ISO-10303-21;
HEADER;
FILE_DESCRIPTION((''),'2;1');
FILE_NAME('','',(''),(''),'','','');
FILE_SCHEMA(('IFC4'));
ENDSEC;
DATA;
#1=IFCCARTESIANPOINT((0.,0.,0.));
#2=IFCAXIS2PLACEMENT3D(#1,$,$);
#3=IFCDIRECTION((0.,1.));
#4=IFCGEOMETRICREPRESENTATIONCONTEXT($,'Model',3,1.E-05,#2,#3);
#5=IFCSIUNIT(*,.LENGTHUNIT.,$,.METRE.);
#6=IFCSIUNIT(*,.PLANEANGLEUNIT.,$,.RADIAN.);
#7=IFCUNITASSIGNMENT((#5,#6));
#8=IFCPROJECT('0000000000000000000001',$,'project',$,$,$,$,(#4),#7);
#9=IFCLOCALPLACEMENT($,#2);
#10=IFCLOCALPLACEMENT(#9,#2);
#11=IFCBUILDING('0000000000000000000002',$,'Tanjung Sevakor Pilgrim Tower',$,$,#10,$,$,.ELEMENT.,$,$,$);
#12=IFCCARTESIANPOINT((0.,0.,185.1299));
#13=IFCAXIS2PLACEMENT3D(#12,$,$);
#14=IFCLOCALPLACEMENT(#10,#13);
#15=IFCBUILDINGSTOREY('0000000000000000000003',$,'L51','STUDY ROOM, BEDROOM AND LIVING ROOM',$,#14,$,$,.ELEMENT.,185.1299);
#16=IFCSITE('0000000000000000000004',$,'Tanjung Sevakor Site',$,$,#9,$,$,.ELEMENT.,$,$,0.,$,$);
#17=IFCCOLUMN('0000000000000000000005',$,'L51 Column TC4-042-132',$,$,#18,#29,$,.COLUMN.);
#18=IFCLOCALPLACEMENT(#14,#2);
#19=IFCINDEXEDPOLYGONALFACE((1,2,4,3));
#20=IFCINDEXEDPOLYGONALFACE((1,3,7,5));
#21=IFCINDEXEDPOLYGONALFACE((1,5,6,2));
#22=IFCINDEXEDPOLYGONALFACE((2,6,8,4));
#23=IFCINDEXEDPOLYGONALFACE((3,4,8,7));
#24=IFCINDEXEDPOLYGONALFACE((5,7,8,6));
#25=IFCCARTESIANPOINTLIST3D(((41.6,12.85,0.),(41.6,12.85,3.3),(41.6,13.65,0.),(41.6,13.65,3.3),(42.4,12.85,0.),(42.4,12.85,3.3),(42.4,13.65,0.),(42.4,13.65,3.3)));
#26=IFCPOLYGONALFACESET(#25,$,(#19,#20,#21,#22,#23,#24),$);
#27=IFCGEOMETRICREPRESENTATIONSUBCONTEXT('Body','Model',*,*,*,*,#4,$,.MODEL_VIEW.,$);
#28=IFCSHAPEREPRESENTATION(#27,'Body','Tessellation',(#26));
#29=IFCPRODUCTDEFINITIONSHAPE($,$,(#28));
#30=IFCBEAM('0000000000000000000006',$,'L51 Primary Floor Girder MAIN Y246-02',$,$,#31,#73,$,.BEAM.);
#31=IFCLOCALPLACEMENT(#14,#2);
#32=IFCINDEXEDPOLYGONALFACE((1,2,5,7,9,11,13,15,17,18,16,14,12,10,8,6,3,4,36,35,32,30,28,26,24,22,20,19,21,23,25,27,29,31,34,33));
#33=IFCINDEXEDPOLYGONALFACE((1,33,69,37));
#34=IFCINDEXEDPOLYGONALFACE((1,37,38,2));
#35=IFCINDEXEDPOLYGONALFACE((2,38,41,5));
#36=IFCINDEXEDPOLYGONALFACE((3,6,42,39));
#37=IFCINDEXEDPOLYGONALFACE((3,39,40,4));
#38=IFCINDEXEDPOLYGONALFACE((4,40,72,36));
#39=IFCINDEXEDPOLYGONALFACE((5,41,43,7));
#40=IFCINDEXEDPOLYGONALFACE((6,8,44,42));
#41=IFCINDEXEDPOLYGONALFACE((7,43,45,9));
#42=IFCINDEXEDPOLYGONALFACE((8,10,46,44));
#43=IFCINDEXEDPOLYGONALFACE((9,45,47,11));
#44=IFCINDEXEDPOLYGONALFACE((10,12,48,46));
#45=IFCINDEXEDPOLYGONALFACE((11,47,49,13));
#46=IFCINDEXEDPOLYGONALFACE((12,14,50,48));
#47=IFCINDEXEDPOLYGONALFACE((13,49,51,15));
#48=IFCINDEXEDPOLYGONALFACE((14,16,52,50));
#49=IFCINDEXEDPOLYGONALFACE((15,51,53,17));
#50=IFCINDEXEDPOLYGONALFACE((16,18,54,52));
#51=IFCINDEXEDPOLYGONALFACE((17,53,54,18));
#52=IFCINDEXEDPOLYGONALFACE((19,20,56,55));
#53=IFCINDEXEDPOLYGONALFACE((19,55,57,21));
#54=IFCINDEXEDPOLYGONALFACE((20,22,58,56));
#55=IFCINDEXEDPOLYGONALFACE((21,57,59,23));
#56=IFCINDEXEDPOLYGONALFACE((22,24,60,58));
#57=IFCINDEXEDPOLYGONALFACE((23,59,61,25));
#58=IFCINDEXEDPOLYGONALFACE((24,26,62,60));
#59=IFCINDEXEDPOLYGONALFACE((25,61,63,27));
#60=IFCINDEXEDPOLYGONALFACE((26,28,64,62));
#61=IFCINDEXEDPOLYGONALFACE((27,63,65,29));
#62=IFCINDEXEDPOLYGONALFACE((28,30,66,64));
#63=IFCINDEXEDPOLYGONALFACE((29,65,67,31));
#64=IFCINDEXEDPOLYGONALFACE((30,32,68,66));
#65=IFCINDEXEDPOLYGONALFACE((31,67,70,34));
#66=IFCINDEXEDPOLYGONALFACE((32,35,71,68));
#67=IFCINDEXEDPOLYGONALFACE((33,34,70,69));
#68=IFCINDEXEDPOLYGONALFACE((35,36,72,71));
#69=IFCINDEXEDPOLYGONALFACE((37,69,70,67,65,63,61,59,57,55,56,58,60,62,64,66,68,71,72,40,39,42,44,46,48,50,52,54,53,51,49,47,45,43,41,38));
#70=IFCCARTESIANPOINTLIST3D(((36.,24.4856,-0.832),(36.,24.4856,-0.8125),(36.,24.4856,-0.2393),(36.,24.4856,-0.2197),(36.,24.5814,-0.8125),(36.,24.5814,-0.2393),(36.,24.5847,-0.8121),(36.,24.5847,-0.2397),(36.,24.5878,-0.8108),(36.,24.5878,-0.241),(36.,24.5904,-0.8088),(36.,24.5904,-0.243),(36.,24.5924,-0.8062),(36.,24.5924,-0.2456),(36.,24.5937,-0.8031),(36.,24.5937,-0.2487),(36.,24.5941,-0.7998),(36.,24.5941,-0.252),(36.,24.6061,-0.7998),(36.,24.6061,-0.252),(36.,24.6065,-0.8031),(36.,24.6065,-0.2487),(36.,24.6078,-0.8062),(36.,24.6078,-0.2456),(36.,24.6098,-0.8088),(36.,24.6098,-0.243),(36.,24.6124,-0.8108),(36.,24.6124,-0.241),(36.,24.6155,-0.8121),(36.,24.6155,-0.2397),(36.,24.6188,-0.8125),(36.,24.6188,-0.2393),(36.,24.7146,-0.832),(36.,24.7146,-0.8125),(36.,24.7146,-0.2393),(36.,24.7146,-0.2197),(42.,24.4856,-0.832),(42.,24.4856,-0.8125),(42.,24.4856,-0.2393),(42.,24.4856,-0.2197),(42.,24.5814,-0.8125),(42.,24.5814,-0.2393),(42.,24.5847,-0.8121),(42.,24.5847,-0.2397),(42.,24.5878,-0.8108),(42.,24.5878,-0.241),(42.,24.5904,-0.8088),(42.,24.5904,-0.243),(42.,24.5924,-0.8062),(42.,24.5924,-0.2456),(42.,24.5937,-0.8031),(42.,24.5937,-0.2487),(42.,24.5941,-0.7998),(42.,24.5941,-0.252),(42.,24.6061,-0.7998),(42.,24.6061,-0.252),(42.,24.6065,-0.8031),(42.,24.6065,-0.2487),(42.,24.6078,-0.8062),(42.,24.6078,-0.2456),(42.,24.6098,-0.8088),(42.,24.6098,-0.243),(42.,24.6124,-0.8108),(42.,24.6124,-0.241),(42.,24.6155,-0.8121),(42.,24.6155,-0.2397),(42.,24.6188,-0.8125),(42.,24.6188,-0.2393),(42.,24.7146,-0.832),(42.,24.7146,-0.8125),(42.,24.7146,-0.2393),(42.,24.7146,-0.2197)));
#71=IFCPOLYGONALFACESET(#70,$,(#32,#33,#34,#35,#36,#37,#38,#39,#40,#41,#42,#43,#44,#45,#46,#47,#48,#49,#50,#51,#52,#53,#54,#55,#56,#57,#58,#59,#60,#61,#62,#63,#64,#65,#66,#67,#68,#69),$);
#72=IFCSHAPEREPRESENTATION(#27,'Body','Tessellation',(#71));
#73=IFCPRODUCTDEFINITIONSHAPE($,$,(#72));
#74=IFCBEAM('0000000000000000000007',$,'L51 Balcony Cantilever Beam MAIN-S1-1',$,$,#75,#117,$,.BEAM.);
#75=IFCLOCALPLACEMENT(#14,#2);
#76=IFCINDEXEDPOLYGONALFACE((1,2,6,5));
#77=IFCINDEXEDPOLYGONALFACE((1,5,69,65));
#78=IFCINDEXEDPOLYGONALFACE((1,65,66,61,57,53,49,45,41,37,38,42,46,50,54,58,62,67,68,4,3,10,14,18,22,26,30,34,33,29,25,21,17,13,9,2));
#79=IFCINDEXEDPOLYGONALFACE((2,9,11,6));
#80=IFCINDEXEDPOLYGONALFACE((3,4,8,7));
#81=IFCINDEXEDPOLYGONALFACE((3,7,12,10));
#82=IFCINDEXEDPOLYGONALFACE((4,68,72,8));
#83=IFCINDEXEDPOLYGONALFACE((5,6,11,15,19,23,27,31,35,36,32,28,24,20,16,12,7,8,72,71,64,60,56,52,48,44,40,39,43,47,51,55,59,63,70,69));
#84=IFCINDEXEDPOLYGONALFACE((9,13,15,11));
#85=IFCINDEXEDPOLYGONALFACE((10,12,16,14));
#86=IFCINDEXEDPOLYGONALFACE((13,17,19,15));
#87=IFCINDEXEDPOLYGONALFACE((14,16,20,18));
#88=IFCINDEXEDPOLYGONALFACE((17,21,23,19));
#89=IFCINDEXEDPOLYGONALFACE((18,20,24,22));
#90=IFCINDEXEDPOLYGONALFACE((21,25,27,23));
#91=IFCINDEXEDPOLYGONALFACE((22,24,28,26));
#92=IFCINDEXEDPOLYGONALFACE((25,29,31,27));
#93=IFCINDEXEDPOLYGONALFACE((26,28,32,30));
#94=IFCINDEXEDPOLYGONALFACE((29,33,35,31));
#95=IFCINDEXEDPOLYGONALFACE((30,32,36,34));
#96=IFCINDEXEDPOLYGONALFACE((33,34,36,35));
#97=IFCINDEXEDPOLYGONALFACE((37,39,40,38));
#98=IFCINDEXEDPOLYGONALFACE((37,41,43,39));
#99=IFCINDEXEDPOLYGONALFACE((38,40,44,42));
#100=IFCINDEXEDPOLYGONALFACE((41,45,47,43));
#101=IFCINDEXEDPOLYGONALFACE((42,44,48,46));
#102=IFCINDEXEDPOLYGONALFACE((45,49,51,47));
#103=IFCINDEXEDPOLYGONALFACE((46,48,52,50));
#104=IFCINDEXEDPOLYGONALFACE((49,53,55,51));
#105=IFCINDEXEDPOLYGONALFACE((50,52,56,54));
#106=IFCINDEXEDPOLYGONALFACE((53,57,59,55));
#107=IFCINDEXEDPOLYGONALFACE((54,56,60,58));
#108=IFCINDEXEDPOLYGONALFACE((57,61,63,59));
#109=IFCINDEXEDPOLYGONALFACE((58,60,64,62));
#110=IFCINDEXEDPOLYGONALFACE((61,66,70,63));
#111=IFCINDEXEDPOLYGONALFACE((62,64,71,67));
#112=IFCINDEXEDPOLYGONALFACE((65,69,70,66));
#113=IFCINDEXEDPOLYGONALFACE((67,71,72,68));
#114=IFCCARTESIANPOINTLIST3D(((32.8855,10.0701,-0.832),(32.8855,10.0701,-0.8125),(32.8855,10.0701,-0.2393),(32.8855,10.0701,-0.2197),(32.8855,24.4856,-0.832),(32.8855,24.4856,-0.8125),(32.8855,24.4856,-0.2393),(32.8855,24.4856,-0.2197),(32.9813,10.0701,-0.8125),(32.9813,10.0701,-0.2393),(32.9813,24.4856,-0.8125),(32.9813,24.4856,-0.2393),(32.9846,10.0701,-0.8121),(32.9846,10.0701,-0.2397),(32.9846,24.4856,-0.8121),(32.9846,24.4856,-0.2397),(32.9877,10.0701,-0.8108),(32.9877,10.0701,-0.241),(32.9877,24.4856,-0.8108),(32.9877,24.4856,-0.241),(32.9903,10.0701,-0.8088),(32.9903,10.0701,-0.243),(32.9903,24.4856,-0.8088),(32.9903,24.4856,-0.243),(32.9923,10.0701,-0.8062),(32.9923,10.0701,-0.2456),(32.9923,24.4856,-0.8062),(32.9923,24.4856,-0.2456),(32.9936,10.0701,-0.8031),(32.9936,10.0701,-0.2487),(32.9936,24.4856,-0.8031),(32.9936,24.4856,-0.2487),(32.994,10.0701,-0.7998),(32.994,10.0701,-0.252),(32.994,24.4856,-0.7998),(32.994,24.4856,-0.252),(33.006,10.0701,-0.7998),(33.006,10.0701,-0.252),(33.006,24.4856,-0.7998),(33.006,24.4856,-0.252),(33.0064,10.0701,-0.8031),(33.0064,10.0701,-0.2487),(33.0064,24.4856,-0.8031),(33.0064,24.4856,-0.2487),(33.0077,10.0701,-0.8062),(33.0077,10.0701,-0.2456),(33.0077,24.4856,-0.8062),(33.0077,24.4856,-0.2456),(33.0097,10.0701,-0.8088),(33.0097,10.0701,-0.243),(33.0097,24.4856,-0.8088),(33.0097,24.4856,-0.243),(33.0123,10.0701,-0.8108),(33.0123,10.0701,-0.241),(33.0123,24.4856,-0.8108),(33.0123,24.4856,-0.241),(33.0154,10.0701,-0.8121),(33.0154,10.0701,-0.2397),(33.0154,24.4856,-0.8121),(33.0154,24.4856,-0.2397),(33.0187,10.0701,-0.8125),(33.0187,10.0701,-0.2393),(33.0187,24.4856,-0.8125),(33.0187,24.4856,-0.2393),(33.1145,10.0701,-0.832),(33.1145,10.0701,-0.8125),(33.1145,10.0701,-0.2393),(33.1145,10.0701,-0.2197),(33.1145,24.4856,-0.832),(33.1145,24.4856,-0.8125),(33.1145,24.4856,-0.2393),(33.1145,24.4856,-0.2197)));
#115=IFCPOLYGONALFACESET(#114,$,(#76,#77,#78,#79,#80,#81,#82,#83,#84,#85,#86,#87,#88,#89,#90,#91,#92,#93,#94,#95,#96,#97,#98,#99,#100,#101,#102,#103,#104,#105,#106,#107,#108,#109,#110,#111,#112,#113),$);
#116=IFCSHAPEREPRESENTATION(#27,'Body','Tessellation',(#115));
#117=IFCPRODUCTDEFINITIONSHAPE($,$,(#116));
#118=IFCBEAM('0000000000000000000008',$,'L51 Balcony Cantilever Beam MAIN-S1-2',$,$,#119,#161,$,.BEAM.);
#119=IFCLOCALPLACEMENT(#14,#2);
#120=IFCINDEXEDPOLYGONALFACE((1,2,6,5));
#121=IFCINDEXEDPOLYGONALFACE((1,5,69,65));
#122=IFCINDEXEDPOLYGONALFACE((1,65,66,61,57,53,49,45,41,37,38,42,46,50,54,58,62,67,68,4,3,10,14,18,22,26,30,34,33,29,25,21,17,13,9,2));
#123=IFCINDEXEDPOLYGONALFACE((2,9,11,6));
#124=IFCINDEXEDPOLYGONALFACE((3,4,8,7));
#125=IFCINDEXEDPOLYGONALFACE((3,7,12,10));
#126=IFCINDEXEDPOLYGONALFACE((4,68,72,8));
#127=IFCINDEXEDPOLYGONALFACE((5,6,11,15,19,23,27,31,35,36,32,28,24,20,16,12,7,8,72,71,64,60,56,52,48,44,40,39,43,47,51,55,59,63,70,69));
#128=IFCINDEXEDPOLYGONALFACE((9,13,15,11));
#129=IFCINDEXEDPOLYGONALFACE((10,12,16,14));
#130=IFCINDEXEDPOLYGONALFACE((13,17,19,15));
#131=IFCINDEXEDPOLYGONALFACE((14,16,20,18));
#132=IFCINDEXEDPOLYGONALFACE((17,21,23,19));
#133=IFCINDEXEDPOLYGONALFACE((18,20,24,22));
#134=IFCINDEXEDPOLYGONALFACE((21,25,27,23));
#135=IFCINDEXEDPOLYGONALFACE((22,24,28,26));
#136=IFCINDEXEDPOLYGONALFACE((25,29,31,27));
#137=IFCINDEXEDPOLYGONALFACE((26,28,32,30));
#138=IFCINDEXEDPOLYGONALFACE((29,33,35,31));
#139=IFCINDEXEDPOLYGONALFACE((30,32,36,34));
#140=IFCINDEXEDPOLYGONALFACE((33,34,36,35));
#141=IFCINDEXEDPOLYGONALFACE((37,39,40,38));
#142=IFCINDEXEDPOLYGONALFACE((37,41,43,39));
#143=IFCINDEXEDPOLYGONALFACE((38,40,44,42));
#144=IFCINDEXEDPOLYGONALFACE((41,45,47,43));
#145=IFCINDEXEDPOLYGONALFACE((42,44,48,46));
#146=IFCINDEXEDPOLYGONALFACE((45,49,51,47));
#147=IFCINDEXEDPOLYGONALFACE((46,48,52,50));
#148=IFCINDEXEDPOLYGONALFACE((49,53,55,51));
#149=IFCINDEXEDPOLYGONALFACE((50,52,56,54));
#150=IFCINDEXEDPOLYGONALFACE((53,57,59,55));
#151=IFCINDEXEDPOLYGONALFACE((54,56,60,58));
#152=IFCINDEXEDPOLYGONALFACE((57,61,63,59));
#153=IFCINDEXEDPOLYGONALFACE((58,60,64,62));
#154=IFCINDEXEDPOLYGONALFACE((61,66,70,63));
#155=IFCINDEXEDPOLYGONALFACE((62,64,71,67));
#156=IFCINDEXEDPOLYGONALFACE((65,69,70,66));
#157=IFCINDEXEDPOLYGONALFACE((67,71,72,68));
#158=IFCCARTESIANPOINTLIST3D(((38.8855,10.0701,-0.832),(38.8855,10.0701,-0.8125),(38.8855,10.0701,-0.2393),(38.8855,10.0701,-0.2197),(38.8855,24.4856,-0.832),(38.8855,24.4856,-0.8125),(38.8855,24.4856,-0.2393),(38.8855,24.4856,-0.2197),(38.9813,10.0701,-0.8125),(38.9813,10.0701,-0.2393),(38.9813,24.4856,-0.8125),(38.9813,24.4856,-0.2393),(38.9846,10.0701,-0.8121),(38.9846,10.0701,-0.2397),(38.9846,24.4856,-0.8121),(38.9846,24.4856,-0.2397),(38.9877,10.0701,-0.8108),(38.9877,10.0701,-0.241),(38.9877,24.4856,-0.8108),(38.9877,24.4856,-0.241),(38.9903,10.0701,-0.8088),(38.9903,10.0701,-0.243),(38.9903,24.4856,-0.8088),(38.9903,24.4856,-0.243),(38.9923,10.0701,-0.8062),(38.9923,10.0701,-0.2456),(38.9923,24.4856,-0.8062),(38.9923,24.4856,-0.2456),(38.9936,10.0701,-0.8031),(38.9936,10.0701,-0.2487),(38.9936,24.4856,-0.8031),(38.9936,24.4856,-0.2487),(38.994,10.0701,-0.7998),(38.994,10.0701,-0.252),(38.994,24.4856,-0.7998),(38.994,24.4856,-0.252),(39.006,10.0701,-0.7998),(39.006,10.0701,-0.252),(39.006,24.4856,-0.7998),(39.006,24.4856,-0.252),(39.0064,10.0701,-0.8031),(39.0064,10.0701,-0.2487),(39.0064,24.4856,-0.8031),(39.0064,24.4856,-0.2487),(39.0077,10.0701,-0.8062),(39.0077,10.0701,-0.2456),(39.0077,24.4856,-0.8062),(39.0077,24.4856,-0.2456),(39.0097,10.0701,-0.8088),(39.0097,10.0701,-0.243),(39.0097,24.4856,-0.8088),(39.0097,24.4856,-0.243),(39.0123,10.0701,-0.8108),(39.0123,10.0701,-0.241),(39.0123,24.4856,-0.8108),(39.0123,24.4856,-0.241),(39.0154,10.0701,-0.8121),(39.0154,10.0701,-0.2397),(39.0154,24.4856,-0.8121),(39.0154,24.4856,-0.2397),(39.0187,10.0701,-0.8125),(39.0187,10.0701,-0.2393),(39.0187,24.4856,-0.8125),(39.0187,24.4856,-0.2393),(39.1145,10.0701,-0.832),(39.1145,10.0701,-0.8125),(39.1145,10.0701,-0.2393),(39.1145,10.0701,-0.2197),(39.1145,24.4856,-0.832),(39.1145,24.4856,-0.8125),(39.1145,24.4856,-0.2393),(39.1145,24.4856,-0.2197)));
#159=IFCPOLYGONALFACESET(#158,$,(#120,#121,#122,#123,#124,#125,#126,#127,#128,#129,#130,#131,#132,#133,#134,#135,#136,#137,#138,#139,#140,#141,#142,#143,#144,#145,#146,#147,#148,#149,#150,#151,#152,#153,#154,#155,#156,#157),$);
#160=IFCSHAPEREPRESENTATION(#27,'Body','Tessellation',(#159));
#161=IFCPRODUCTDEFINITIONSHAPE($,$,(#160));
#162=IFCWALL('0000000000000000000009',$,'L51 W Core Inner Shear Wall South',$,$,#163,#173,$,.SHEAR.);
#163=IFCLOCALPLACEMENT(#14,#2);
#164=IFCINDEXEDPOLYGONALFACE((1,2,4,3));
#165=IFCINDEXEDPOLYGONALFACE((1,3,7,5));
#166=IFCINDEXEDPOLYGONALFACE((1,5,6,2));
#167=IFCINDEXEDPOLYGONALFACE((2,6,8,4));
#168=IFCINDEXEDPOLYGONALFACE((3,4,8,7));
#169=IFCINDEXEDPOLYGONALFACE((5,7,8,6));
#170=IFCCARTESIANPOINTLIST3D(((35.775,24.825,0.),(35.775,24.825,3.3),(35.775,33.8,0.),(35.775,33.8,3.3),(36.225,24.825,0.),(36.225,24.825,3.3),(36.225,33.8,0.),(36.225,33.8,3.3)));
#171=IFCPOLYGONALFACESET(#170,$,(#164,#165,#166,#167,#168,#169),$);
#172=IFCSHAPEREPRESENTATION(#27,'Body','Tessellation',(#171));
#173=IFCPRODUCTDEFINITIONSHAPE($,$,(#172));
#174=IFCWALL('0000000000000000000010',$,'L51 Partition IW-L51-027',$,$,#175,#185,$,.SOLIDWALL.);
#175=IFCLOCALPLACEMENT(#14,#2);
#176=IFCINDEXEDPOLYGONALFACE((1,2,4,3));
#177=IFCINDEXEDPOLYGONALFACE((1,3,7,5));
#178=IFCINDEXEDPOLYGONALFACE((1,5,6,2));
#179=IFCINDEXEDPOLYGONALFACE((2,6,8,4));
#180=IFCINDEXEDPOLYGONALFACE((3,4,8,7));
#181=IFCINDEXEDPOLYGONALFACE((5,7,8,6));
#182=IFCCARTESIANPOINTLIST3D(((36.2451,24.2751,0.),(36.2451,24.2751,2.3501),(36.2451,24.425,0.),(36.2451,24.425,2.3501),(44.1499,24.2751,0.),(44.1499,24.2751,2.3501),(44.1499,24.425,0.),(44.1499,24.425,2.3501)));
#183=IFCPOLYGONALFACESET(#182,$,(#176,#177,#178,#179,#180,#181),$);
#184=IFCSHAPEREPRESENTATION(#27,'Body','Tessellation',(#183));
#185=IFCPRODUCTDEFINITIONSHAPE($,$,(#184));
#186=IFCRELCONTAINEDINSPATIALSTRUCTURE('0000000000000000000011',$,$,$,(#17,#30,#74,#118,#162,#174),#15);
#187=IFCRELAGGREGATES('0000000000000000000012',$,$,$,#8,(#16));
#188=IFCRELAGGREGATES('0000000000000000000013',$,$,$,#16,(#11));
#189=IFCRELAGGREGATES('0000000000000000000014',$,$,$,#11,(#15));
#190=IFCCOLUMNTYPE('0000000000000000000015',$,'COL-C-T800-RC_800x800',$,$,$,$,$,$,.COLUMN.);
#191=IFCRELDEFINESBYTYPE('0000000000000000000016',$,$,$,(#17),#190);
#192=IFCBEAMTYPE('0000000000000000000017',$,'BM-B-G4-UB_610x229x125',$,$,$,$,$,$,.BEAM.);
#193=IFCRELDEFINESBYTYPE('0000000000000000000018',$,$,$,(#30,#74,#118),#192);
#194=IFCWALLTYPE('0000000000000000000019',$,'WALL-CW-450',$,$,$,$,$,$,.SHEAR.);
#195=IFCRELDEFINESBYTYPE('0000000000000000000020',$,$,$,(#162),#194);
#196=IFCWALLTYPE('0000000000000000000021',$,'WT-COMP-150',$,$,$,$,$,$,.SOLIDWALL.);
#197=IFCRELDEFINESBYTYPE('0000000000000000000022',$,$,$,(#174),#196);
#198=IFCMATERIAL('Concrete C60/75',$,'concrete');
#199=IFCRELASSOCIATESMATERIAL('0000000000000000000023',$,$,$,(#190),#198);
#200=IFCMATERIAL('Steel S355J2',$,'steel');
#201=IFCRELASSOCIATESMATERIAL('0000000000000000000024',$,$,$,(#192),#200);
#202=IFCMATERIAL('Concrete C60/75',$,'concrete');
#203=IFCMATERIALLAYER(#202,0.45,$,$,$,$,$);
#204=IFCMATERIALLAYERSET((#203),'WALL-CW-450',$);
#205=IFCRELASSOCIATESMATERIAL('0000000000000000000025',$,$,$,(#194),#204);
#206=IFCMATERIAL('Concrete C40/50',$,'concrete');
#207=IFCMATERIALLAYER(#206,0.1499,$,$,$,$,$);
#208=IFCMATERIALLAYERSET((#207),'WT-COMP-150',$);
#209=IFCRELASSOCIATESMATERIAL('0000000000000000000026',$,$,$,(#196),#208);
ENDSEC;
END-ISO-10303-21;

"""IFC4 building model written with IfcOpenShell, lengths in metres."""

from ifc_helpers import new_model, si_unit, direction, frame, frame_2d, origin, origin_2d, place, context, subcontext, project, spatial, rectangle, i_section, extrude, material, layer, layer_set, material_profile, profile_set, type_object, element, save


model = new_model("IFC4")

# Units and contexts
model_context = context("Model", 3, precision=1e-05, world=origin(), true_north=direction((0.0, 1.0)))
body_context = subcontext(model_context, "Body", "Model", "MODEL_VIEW")
ifc_project = project(units=[si_unit("LENGTHUNIT", "METRE"), si_unit("PLANEANGLEUNIT", "RADIAN")], contexts=[model_context])

# Site, building, storey
site_placement = place(None, origin())
site = spatial("IfcSite", under=ifc_project, at=site_placement, Name="Tanjung Sevakor Site", CompositionType="ELEMENT", RefElevation=0.0)
building_placement = place(site_placement, origin())
building = spatial("IfcBuilding", under=site, at=building_placement, Name="Tanjung Sevakor Pilgrim Tower", CompositionType="ELEMENT")
storey_placement = place(building_placement, frame((0.0, 0.0, 185.1299)))
storey = spatial("IfcBuildingStorey", under=building, at=storey_placement, Name="L51", Description="STUDY ROOM, BEDROOM AND LIVING ROOM", CompositionType="ELEMENT", Elevation=185.1299)

# Column
ifc_material_1 = material(Name="Concrete C60/75", Category="concrete")
ifc_material_profile_1 = material_profile(ifc_material_1, rectangle(XDim=0.8, YDim=0.8, at=origin_2d()))
ifc_profile_set_1 = profile_set([ifc_material_profile_1], Name="Concrete C60/75")
column_type = type_object("IfcColumnType", Name="COL-C-T800-RC_800x800", PredefinedType="COLUMN", material=ifc_profile_set_1)
column_placement = place(storey_placement, frame((42.0, 13.25, 0.0), z_axis=(0.0, 0.0, 1.0), x_axis=(1.0, 0.0, 0.0)))
element("IfcColumn", 1, at=column_placement, inside=storey, type_object=column_type, Name="L51 Column TC4-042-132", PredefinedType="COLUMN", context=body_context, shape_type="SweptSolid", body=[
    extrude(rectangle(XDim=0.8, YDim=0.8, at=origin_2d()), origin(), (0.0, 0.0, 1.0), 3.3),
])

# Beams
ifc_material_2 = material(Name="Steel S355J2", Category="steel")
ifc_material_profile_2 = material_profile(ifc_material_2, i_section(OverallWidth=0.229, OverallDepth=0.6123, WebThickness=0.012, FlangeThickness=0.0195, FilletRadius=0.0127, at=origin_2d()))
ifc_profile_set_2 = profile_set([ifc_material_profile_2], Name="Steel S355J2")
beam_type = type_object("IfcBeamType", Name="BM-B-G4-UB_610x229x125", PredefinedType="BEAM", material=ifc_profile_set_2)
beam_placement = place(storey_placement, frame((36.0, 24.6001, -0.5259), z_axis=(1.0, 0.0, 0.0), x_axis=(0.0, 1.0, 0.0)))
element("IfcBeam", 2, at=beam_placement, inside=storey, type_object=beam_type, Name="L51 Primary Floor Girder MAIN Y246-02", PredefinedType="BEAM", context=body_context, shape_type="SweptSolid", body=[
    extrude(i_section(OverallWidth=0.229, OverallDepth=0.6123, WebThickness=0.012, FlangeThickness=0.0195, FilletRadius=0.0127, at=origin_2d()), origin(), (0.0, 0.0, 1.0), 6.0),
])
for number, where, z_axis, x_axis, name in (
    (3, (33.0, 24.4856, -0.5259), (0.0, -1.0, 0.0), (1.0, 0.0, 0.0), "L51 Balcony Cantilever Beam MAIN-S1-1"),
    (4, (39.0, 24.4856, -0.5259), (0.0, -1.0, 0.0), (1.0, 0.0, 0.0), "L51 Balcony Cantilever Beam MAIN-S1-2"),
):
    element("IfcBeam", number, at=place(storey_placement, frame(where, z_axis=z_axis, x_axis=x_axis)), inside=storey, type_object=beam_type, Name=name, PredefinedType="BEAM", context=body_context, shape_type="SweptSolid", body=[
        extrude(i_section(OverallWidth=0.229, OverallDepth=0.6123, WebThickness=0.012, FlangeThickness=0.0195, FilletRadius=0.0127, at=origin_2d()), origin(), (0.0, 0.0, 1.0), 14.4155),
    ])

# Wall
ifc_material_3 = material(Name="Concrete C60/75", Category="concrete")
ifc_layer_1 = layer(ifc_material_3, 0.45)
ifc_layer_set_1 = layer_set([ifc_layer_1], Name="WALL-CW-450")
wall_type_1 = type_object("IfcWallType", Name="WALL-CW-450", PredefinedType="SHEAR", material=ifc_layer_set_1)
wall_1_placement = place(storey_placement, frame((36.0, 24.825, 0.0), z_axis=(0.0, 0.0, 1.0), x_axis=(0.0, 1.0, 0.0)))
element("IfcWall", 5, at=wall_1_placement, inside=storey, type_object=wall_type_1, Name="L51 W Core Inner Shear Wall South", PredefinedType="SHEAR", context=body_context, shape_type="SweptSolid", body=[
    extrude(rectangle(XDim=8.9751, YDim=0.45, at=frame_2d((4.4875, 0.0))), origin(), (0.0, 0.0, 1.0), 3.3),
])

# Shared definitions
ifc_material_4 = material(Name="Concrete C40/50", Category="concrete")
ifc_layer_2 = layer(ifc_material_4, 0.1499)
ifc_layer_set_2 = layer_set([ifc_layer_2], Name="WT-COMP-150")
wall_type_2 = type_object("IfcWallType", Name="WT-COMP-150", PredefinedType="SOLIDWALL", material=ifc_layer_set_2)

# Wall
wall_2_placement = place(storey_placement, frame((36.2451, 24.3501, 0.0), z_axis=(0.0, 0.0, 1.0), x_axis=(1.0, 0.0, 0.0)))
element("IfcWall", 6, at=wall_2_placement, inside=storey, type_object=wall_type_2, Name="L51 Partition IW-L51-027", PredefinedType="SOLIDWALL", context=body_context, shape_type="SweptSolid", body=[
    extrude(rectangle(XDim=7.9048, YDim=0.1499, at=frame_2d((3.9524, 0.0))), origin(), (0.0, 0.0, 1.0), 2.3501),
])

save(model, "model.ifc")
